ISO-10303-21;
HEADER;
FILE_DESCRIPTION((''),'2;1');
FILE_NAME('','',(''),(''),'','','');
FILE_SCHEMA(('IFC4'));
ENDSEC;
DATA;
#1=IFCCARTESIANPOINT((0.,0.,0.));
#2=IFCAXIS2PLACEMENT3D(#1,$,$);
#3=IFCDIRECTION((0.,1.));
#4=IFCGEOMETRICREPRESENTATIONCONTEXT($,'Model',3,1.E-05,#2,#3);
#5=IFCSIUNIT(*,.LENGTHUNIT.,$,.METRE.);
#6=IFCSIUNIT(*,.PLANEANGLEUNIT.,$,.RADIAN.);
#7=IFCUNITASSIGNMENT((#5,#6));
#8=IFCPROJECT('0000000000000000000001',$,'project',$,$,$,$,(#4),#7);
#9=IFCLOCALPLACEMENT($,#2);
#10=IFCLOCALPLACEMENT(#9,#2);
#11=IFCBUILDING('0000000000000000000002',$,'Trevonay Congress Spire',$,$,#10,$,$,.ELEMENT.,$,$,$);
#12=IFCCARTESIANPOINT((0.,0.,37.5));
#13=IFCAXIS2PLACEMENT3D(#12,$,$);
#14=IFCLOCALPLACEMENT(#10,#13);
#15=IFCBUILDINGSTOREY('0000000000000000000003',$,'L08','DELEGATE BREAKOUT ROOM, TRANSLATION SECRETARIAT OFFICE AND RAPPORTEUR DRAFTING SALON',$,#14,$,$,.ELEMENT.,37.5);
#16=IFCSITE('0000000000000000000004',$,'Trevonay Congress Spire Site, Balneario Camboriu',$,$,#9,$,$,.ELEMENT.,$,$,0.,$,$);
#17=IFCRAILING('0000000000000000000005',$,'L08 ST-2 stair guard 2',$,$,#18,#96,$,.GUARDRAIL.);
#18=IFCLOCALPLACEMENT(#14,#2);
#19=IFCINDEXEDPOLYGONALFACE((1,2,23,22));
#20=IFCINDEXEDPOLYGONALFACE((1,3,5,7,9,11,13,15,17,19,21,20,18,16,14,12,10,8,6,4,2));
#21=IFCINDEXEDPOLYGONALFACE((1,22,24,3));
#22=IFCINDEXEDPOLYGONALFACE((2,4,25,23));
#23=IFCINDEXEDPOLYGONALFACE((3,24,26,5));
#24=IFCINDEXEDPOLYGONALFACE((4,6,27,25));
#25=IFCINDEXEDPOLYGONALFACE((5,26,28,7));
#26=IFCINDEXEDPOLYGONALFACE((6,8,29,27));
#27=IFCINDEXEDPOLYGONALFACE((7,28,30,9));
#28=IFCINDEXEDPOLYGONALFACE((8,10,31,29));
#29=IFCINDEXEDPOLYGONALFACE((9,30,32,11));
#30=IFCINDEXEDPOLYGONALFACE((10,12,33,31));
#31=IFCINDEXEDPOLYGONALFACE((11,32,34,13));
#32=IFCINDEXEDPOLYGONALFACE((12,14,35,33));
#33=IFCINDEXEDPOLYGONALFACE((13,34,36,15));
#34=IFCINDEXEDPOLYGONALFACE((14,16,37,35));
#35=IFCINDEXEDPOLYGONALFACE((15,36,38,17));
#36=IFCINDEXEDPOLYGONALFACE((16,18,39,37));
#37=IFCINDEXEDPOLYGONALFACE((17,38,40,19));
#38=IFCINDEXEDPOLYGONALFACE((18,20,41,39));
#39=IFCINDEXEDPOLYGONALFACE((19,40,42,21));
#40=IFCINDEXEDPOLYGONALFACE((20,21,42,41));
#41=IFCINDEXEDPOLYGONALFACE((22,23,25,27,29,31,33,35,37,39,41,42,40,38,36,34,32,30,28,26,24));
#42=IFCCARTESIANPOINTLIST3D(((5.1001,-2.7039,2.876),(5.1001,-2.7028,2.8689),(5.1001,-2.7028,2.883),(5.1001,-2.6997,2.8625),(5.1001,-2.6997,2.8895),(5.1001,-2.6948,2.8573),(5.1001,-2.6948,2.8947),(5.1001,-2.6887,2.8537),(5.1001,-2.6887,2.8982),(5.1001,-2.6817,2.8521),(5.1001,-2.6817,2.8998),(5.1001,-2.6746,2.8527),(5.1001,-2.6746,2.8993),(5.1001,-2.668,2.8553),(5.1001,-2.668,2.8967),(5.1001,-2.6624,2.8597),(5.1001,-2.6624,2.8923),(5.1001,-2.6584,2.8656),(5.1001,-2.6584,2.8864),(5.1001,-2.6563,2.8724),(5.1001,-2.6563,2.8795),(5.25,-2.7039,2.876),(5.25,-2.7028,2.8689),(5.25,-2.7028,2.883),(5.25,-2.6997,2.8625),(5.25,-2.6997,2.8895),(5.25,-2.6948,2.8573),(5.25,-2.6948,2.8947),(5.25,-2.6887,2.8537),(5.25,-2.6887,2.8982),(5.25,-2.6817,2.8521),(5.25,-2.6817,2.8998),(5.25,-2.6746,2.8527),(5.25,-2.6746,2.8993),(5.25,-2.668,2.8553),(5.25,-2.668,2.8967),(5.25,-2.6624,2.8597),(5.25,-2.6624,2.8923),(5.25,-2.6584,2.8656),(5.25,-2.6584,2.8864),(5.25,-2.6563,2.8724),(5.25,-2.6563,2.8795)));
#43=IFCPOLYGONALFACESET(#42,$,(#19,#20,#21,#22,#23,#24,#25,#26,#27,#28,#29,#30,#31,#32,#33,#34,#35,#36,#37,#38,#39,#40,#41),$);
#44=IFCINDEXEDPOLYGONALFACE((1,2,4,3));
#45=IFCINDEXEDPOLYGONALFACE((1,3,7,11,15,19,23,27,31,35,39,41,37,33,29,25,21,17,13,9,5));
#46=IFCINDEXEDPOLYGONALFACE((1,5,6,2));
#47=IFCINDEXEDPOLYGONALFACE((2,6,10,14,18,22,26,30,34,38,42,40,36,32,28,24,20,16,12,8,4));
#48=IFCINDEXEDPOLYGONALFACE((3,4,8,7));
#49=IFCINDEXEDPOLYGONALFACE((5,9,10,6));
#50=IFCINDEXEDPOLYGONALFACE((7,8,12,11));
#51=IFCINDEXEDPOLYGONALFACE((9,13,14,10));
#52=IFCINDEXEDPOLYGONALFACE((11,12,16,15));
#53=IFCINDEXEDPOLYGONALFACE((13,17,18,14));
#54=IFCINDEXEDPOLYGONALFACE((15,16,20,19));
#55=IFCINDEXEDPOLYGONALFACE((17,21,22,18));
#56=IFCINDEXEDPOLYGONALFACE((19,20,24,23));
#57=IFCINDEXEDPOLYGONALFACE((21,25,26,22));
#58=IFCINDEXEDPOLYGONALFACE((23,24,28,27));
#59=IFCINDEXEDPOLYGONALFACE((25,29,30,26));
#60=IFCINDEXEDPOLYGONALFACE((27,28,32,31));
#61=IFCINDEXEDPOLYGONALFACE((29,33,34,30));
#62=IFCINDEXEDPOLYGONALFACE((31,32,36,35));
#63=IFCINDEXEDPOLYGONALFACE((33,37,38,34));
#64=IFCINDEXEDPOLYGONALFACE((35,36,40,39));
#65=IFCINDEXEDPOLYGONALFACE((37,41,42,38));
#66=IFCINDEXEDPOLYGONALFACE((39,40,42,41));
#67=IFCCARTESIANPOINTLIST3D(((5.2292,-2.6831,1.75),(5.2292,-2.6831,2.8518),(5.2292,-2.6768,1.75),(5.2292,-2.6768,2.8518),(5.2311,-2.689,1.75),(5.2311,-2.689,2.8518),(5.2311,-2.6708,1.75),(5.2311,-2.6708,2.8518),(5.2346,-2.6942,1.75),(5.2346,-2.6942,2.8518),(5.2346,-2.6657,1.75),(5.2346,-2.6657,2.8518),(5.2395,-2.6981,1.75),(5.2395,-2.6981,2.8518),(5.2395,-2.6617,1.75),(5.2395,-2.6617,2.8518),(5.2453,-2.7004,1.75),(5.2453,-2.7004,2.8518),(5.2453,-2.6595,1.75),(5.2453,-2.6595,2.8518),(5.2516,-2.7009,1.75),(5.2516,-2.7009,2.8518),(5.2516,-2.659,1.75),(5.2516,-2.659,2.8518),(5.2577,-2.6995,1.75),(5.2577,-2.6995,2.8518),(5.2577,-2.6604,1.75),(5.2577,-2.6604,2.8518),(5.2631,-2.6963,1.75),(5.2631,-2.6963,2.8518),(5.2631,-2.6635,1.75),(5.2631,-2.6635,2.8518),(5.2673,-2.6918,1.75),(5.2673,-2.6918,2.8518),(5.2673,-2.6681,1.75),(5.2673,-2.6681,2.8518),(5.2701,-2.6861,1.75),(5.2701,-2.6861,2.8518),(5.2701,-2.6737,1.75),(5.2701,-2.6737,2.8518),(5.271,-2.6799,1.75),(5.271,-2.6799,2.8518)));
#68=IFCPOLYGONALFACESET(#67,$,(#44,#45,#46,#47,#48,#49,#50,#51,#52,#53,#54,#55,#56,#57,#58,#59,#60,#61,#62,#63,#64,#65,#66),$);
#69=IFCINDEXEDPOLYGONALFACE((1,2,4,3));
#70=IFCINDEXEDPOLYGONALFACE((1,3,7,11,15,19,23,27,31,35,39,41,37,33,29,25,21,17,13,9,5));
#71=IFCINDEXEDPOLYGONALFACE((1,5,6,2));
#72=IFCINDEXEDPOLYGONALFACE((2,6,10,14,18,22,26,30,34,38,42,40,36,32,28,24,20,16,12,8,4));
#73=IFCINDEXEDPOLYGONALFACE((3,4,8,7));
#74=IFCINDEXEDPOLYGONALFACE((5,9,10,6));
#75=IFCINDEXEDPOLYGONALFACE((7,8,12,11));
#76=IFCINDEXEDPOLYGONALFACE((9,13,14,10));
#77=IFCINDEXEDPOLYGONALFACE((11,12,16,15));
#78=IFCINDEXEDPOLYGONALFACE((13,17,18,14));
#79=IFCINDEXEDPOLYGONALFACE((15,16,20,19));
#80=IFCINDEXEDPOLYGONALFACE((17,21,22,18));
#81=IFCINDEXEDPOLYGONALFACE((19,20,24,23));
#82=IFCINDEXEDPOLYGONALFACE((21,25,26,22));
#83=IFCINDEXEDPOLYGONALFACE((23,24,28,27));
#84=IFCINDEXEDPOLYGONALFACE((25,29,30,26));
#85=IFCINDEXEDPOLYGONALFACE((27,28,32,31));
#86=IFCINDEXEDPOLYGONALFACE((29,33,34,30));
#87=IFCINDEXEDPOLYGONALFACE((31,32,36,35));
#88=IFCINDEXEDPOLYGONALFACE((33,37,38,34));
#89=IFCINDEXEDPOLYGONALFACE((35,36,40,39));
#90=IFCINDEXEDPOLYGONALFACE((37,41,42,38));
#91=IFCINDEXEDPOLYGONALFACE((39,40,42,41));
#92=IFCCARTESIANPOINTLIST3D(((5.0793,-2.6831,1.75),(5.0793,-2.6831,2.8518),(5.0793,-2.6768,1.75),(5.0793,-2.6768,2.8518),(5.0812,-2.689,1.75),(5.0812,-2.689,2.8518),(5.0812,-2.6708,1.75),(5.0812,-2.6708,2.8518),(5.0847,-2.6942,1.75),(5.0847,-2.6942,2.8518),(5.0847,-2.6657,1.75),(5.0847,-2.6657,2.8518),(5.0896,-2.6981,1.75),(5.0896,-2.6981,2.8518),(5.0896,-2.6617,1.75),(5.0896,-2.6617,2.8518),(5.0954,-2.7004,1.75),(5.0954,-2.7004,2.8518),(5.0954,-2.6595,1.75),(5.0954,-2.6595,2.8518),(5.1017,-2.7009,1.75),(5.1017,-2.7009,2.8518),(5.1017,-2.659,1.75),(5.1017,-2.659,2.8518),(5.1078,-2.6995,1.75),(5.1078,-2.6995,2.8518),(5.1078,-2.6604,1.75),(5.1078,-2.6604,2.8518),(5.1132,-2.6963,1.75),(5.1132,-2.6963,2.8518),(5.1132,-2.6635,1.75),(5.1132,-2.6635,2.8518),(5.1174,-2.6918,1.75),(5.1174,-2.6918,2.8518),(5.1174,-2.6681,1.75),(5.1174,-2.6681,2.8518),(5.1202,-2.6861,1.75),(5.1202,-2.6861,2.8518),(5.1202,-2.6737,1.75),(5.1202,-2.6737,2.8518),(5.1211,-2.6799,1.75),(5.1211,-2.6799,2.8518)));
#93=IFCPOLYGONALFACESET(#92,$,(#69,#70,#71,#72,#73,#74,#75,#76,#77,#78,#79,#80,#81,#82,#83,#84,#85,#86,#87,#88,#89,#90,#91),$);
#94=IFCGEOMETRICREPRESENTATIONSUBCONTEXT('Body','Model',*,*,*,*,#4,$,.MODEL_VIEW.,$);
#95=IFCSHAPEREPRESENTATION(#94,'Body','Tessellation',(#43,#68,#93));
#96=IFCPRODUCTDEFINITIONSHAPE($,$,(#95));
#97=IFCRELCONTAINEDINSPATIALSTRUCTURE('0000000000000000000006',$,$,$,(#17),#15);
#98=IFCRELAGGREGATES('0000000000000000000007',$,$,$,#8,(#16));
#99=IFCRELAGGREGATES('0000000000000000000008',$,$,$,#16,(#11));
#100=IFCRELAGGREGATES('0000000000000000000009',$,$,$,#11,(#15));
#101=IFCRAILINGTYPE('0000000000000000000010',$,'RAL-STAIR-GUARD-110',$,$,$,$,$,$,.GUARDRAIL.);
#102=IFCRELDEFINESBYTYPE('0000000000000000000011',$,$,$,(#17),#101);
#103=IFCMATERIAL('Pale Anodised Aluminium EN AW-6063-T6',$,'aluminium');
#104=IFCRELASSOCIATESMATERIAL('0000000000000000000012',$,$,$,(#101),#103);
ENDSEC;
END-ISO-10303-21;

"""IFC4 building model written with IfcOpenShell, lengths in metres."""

from ifc_helpers import new_model, si_unit, direction, frame, origin, origin_2d, place, context, subcontext, project, spatial, circle, extrude, material, type_object, element, save


model = new_model("IFC4")

# Units and contexts
model_context = context("Model", 3, precision=1e-05, world=origin(), true_north=direction((0.0, 1.0)))
body_context = subcontext(model_context, "Body", "Model", "MODEL_VIEW")
ifc_project = project(units=[si_unit("LENGTHUNIT", "METRE"), si_unit("PLANEANGLEUNIT", "RADIAN")], contexts=[model_context])

# Site, building, storey
site_placement = place(None, origin())
site = spatial("IfcSite", under=ifc_project, at=site_placement, Name="Trevonay Congress Spire Site, Balneario Camboriu", CompositionType="ELEMENT", RefElevation=0.0)
building_placement = place(site_placement, origin())
building = spatial("IfcBuilding", under=site, at=building_placement, Name="Trevonay Congress Spire", CompositionType="ELEMENT")
storey_placement = place(building_placement, frame((0.0, 0.0, 37.5)))
storey = spatial("IfcBuildingStorey", under=building, at=storey_placement, Name="L08", Description="DELEGATE BREAKOUT ROOM, TRANSLATION SECRETARIAT OFFICE AND RAPPORTEUR DRAFTING SALON", CompositionType="ELEMENT", Elevation=37.5)

# Shared definitions
ifc_material_1 = material(Name="Pale Anodised Aluminium EN AW-6063-T6", Category="aluminium")

# Railing
railing_type_1 = type_object("IfcRailingType", Name="RAL-STAIR-GUARD-110", PredefinedType="GUARDRAIL", material=ifc_material_1)
railing_1_placement = place(storey_placement, frame((5.25, -2.6799, 1.75)))
element("IfcRailing", 1, at=railing_1_placement, inside=storey, type_object=railing_type_1, Name="L08 ST-2 stair guard 2", PredefinedType="GUARDRAIL", context=body_context, shape_type="SweptSolid", body=[
    extrude(circle(Radius=0.0239, at=origin_2d()), frame((0.0, 0.0, 1.126), z_axis=(-1.0, 0.0, 0.0), x_axis=(0.0, -1.0, 0.0)), (0.0, 0.0, 1.0), 0.1499),
    extrude(circle(Radius=0.021, at=origin_2d()), origin(), (0.0, 0.0, 1.0), 1.1018),
    extrude(circle(Radius=0.021, at=origin_2d()), frame((-0.1499, 0.0, 0.0)), (0.0, 0.0, 1.0), 1.1018),
])

save(model, "model.ifc")
